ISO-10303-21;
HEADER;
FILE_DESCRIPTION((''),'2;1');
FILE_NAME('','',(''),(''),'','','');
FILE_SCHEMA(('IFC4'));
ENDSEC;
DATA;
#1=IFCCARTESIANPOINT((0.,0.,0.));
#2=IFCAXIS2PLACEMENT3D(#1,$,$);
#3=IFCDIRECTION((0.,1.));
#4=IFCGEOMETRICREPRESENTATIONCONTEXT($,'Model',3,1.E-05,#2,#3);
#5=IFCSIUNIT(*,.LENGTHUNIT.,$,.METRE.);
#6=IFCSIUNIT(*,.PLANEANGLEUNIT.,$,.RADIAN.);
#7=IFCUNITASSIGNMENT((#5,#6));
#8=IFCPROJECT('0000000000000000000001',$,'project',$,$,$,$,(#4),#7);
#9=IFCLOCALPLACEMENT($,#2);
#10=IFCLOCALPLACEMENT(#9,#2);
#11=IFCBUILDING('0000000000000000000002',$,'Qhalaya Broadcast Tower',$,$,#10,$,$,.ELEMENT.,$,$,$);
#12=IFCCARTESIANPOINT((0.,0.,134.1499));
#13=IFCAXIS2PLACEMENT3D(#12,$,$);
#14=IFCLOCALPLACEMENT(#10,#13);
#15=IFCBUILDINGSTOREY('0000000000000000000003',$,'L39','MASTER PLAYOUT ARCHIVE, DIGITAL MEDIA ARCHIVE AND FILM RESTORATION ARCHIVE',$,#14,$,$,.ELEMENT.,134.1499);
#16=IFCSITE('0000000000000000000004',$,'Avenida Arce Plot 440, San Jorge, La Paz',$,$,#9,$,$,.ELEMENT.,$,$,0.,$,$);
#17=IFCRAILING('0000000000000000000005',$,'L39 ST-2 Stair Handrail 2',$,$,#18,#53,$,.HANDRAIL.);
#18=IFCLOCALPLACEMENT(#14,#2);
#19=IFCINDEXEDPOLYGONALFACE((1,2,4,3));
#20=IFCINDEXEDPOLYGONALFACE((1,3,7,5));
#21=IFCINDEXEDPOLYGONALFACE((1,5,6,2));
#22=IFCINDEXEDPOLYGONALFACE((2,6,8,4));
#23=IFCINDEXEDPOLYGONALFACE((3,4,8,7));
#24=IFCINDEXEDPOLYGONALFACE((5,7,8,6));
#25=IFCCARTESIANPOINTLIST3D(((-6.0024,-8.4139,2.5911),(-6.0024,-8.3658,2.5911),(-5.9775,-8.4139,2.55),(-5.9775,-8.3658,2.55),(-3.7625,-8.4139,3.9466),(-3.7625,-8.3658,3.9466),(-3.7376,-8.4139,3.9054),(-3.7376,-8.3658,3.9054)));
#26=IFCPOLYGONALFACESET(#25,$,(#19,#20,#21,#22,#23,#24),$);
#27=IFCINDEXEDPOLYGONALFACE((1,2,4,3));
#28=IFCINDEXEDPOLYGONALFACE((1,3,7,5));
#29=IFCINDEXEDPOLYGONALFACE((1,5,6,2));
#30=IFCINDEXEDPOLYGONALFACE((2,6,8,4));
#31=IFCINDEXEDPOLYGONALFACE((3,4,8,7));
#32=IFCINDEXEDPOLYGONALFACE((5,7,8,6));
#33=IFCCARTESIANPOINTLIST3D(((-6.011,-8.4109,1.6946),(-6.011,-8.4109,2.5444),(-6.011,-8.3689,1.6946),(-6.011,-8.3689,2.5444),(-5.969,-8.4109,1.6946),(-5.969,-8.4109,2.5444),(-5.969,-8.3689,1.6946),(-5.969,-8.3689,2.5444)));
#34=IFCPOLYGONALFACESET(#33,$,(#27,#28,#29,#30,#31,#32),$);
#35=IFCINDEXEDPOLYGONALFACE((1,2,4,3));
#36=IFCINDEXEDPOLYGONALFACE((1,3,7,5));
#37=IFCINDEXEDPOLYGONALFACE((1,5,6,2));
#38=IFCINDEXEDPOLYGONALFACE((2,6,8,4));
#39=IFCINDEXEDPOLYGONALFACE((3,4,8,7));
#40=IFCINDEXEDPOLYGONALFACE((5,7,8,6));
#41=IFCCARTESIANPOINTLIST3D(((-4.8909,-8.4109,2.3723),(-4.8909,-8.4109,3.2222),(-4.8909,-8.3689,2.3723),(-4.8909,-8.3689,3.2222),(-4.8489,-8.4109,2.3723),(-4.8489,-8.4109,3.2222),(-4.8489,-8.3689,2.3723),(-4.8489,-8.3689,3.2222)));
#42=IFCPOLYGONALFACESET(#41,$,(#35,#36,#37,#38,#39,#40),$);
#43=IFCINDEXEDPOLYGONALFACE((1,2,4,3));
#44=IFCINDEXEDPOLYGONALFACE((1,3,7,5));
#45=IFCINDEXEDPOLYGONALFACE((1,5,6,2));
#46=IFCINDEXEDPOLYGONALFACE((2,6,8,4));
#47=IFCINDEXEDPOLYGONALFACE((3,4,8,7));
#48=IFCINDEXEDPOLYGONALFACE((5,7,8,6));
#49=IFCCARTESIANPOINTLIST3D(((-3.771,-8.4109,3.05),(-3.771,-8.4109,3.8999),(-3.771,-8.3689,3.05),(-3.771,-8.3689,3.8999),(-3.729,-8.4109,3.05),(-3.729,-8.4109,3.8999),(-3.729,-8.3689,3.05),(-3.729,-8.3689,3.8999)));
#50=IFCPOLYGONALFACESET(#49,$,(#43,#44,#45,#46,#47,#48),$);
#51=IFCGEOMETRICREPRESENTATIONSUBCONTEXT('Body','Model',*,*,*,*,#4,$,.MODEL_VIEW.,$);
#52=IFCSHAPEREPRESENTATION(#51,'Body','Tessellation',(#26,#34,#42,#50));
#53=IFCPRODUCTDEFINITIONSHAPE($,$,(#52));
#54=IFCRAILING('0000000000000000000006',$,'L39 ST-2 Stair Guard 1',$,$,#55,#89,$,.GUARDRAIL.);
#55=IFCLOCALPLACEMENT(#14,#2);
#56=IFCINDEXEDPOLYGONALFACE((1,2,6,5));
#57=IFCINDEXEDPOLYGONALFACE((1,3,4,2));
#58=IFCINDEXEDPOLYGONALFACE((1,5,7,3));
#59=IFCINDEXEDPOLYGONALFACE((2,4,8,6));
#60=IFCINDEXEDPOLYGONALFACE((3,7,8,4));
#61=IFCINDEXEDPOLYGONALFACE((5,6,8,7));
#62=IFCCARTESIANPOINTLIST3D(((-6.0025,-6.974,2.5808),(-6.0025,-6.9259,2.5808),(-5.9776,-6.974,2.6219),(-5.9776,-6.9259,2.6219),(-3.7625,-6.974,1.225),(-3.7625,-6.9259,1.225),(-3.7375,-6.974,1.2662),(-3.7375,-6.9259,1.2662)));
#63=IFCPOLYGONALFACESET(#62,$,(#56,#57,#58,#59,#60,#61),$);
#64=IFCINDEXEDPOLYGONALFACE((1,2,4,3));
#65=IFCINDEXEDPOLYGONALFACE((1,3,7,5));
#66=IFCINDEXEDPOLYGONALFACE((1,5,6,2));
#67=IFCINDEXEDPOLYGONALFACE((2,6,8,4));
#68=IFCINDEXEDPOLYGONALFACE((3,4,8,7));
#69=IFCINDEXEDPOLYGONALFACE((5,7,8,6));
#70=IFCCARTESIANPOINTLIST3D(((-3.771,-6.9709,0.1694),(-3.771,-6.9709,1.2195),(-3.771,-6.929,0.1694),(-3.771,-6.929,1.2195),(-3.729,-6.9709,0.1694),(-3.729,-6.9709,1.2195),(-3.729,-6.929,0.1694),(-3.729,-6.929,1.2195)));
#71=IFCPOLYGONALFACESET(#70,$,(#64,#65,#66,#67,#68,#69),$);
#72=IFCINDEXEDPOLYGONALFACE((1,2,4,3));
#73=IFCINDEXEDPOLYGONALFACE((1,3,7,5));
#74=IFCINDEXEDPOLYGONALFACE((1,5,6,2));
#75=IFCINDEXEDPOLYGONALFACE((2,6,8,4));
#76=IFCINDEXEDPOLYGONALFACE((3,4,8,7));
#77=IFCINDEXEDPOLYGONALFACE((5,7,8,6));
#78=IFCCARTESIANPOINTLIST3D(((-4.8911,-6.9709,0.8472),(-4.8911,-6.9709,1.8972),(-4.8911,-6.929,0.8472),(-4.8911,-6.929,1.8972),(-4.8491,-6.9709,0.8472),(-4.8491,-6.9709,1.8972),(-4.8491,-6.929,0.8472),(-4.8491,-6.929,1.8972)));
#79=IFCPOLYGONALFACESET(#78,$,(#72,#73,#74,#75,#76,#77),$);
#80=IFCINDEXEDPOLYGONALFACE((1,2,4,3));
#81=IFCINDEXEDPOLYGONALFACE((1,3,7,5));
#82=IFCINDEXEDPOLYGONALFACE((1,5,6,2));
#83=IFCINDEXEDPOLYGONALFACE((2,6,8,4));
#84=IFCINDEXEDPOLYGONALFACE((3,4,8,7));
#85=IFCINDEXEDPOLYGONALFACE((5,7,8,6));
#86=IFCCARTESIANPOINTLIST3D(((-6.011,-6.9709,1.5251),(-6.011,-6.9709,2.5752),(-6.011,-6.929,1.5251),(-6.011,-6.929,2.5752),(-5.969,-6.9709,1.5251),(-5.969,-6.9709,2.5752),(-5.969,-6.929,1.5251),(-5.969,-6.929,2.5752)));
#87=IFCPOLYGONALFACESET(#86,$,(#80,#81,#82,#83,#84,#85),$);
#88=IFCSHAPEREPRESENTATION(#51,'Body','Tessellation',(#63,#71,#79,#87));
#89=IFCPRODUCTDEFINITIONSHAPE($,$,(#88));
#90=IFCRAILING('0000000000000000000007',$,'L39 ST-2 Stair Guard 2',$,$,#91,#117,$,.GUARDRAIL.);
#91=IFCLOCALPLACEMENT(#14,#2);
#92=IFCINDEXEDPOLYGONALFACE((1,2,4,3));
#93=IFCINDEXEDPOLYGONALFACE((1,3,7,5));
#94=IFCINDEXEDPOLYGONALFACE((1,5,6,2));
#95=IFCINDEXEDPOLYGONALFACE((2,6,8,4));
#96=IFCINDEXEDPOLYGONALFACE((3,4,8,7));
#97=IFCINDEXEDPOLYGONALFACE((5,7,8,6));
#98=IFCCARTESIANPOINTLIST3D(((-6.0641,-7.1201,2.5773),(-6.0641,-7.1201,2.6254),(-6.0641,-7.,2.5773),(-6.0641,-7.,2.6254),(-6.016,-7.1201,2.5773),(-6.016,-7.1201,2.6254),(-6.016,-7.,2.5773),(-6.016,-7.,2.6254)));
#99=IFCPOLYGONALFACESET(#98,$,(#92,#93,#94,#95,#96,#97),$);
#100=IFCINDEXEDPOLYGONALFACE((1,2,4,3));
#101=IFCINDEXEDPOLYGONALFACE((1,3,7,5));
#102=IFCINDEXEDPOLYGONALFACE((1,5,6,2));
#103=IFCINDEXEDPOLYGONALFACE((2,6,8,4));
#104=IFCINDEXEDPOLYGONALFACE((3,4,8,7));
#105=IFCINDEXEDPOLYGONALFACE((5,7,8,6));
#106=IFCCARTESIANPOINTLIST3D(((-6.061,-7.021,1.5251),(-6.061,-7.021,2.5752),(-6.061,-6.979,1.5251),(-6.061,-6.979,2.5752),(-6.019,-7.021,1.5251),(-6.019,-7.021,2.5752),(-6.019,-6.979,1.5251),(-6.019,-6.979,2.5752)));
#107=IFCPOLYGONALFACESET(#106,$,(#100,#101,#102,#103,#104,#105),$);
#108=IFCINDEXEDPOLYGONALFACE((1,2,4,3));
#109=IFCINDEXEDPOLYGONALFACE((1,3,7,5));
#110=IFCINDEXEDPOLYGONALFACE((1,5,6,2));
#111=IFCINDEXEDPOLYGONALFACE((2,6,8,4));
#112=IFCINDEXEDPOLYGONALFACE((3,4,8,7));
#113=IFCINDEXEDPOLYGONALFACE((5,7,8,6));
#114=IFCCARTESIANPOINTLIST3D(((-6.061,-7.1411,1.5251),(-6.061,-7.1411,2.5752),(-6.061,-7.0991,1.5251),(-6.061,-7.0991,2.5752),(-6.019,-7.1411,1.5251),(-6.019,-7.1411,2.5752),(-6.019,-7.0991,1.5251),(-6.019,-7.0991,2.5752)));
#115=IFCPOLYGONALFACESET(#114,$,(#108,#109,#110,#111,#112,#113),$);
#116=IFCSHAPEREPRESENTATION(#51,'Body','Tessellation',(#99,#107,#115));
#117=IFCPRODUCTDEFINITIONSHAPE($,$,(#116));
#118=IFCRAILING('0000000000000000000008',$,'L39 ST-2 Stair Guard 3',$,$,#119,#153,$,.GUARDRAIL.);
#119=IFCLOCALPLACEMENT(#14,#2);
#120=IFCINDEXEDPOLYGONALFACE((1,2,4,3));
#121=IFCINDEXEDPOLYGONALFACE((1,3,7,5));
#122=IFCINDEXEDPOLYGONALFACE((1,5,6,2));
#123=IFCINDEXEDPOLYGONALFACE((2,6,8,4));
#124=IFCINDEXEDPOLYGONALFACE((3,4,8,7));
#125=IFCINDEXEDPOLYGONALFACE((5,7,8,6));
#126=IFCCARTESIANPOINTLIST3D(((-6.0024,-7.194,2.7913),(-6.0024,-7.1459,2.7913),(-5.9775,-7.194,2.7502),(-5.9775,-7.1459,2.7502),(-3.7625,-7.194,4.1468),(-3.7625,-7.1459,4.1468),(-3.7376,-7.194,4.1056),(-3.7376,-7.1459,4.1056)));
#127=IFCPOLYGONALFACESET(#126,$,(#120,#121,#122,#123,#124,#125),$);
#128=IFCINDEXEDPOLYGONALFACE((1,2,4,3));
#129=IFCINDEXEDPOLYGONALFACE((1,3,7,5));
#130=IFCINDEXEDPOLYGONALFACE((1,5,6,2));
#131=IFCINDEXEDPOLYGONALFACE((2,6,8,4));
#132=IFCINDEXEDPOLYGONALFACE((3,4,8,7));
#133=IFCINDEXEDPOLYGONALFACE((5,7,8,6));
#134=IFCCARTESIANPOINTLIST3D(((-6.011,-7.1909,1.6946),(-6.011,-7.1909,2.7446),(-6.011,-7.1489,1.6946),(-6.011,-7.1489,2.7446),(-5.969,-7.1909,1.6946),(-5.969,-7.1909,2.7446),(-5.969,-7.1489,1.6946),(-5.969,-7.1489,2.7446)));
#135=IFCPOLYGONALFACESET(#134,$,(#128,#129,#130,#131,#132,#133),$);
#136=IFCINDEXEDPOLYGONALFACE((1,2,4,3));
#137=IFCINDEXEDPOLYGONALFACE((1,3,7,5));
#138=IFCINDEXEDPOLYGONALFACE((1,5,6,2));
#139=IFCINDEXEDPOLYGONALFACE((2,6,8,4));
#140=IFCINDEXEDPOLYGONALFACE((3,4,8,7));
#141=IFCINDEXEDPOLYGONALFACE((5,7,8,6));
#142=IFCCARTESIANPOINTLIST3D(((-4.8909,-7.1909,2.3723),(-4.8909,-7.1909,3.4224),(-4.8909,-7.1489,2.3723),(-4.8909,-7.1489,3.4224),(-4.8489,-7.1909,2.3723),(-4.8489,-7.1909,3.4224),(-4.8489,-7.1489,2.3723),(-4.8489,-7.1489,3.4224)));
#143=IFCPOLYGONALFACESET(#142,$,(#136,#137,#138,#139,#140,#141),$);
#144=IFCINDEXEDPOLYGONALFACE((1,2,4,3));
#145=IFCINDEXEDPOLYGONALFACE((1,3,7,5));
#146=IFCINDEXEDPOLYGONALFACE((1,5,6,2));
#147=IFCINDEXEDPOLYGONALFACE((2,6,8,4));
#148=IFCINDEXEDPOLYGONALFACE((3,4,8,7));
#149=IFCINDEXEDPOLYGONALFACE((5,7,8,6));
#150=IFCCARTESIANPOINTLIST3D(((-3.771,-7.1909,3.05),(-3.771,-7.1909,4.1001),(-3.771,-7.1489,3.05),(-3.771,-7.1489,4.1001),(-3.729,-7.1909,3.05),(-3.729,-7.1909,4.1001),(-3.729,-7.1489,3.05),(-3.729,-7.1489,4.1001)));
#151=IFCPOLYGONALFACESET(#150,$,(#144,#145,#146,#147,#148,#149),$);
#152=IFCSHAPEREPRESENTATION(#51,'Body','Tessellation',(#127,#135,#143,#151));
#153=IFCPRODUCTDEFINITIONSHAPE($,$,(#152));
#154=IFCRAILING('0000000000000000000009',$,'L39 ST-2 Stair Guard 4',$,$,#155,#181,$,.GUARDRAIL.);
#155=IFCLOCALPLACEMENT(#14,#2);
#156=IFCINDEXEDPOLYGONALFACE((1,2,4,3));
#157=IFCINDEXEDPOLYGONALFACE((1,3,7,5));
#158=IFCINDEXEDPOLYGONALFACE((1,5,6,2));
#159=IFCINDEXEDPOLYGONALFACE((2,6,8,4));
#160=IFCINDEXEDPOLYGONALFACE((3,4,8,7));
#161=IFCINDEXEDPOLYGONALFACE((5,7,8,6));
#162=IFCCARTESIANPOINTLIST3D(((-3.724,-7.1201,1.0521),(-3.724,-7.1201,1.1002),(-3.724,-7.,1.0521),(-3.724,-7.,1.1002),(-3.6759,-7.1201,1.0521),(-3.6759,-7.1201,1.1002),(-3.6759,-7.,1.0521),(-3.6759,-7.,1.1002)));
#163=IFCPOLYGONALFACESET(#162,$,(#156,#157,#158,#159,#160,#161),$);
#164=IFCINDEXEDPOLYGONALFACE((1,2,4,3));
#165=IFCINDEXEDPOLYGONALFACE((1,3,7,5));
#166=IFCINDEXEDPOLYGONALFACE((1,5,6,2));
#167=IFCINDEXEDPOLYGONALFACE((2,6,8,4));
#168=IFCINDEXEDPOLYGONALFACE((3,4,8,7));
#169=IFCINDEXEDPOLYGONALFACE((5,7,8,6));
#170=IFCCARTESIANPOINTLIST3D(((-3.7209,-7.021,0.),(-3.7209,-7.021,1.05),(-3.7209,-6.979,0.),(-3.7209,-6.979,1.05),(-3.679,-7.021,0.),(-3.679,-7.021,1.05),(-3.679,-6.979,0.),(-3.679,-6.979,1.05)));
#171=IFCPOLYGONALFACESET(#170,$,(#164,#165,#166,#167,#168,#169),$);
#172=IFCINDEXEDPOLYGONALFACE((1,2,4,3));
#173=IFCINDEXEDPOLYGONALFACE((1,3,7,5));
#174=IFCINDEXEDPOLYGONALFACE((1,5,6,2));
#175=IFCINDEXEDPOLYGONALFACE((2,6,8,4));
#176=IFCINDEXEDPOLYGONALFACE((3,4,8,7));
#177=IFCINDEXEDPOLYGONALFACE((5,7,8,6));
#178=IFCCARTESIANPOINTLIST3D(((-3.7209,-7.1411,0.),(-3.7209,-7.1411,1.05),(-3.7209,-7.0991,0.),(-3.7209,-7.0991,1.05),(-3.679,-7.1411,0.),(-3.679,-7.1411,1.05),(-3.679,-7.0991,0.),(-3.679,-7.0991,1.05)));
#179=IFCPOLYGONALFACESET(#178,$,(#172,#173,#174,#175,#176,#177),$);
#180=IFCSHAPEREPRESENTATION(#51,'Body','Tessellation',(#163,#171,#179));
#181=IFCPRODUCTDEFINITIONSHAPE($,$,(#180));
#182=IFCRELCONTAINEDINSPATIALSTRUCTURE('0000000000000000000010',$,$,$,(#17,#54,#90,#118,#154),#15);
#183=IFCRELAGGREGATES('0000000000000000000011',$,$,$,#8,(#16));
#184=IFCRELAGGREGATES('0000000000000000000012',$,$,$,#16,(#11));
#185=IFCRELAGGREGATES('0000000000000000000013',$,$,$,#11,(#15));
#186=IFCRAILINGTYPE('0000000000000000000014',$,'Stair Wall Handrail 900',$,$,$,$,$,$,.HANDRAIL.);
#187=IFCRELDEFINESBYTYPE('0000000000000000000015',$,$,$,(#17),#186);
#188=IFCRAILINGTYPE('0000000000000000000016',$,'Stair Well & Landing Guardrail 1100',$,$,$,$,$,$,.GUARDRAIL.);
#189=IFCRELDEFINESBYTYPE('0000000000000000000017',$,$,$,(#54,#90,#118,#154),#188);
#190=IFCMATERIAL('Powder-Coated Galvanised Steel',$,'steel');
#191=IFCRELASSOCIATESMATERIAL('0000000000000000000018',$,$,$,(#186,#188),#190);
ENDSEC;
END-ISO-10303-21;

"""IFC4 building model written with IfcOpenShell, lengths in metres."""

from ifc_helpers import new_model, si_unit, direction, frame, origin, origin_2d, place, context, subcontext, project, spatial, rectangle, extrude, material, type_object, element, save


model = new_model("IFC4")

# Units and contexts
model_context = context("Model", 3, precision=1e-05, world=origin(), true_north=direction((0.0, 1.0)))
body_context = subcontext(model_context, "Body", "Model", "MODEL_VIEW")
ifc_project = project(units=[si_unit("LENGTHUNIT", "METRE"), si_unit("PLANEANGLEUNIT", "RADIAN")], contexts=[model_context])

# Site, building, storey
site_placement = place(None, origin())
site = spatial("IfcSite", under=ifc_project, at=site_placement, Name="Avenida Arce Plot 440, San Jorge, La Paz", CompositionType="ELEMENT", RefElevation=0.0)
building_placement = place(site_placement, origin())
building = spatial("IfcBuilding", under=site, at=building_placement, Name="Qhalaya Broadcast Tower", CompositionType="ELEMENT")
storey_placement = place(building_placement, frame((0.0, 0.0, 134.1499)))
storey = spatial("IfcBuildingStorey", under=building, at=storey_placement, Name="L39", Description="MASTER PLAYOUT ARCHIVE, DIGITAL MEDIA ARCHIVE AND FILM RESTORATION ARCHIVE", CompositionType="ELEMENT", Elevation=134.1499)

# Railings
ifc_material_1 = material(Name="Powder-Coated Galvanised Steel", Category="steel")
railing_type_1 = type_object("IfcRailingType", Name="Stair Wall Handrail 900", PredefinedType="HANDRAIL", material=ifc_material_1)
railing_1_placement = place(storey_placement, frame((-5.99, -8.3899, 1.6946)))
element("IfcRailing", 1, at=railing_1_placement, inside=storey, type_object=railing_type_1, Name="L39 ST-2 Stair Handrail 2", PredefinedType="HANDRAIL", context=body_context, shape_type="SweptSolid", body=[
    extrude(rectangle(XDim=0.0481, YDim=0.0481, at=origin_2d()), frame((0.0, 0.0, 0.876), z_axis=(0.855553, 0.0, 0.517715), x_axis=(0.0, 1.0, 0.0)), (0.0, 0.0, 1.0), 2.6182),
    extrude(rectangle(XDim=0.042, YDim=0.042, at=origin_2d()), origin(), (0.0, 0.0, 1.0), 0.8499),
    extrude(rectangle(XDim=0.042, YDim=0.042, at=origin_2d()), frame((1.1201, 0.0, 0.6777)), (0.0, 0.0, 1.0), 0.8499),
    extrude(rectangle(XDim=0.042, YDim=0.042, at=origin_2d()), frame((2.24, 0.0, 1.3555)), (0.0, 0.0, 1.0), 0.8499),
])
railing_type_2 = type_object("IfcRailingType", Name="Stair Well & Landing Guardrail 1100", PredefinedType="GUARDRAIL", material=ifc_material_1)
railing_2_placement = place(storey_placement, frame((-3.75, -6.95, 0.1694)))
element("IfcRailing", 2, at=railing_2_placement, inside=storey, type_object=railing_type_2, Name="L39 ST-2 Stair Guard 1", PredefinedType="GUARDRAIL", context=body_context, shape_type="SweptSolid", body=[
    extrude(rectangle(XDim=0.0481, YDim=0.0481, at=origin_2d()), frame((0.0, 0.0, 1.0762), z_axis=(-0.855512, 0.0, 0.517783), x_axis=(0.0, -1.0, 0.0)), (0.0, 0.0, 1.0), 2.6184),
    extrude(rectangle(XDim=0.042, YDim=0.042, at=origin_2d()), origin(), (0.0, 0.0, 1.0), 1.05),
    extrude(rectangle(XDim=0.042, YDim=0.042, at=origin_2d()), frame((-1.1201, 0.0, 0.6777)), (0.0, 0.0, 1.0), 1.05),
    extrude(rectangle(XDim=0.042, YDim=0.042, at=origin_2d()), frame((-2.24, 0.0, 1.3557)), (0.0, 0.0, 1.0), 1.05),
])
railing_3_placement = place(storey_placement, frame((-6.04, -7.0, 1.5251)))
element("IfcRailing", 3, at=railing_3_placement, inside=storey, type_object=railing_type_2, Name="L39 ST-2 Stair Guard 2", PredefinedType="GUARDRAIL", context=body_context, shape_type="SweptSolid", body=[
    extrude(rectangle(XDim=0.0481, YDim=0.0481, at=origin_2d()), frame((0.0, 0.0, 1.0762), z_axis=(0.0, -1.0, 0.0), x_axis=(1.0, 0.0, 0.0)), (0.0, 0.0, 1.0), 0.1201),
    extrude(rectangle(XDim=0.042, YDim=0.042, at=origin_2d()), origin(), (0.0, 0.0, 1.0), 1.05),
    extrude(rectangle(XDim=0.042, YDim=0.042, at=origin_2d()), frame((0.0, -0.1201, 0.0)), (0.0, 0.0, 1.0), 1.05),
])
railing_4_placement = place(storey_placement, frame((-5.99, -7.1699, 1.6946)))
element("IfcRailing", 4, at=railing_4_placement, inside=storey, type_object=railing_type_2, Name="L39 ST-2 Stair Guard 3", PredefinedType="GUARDRAIL", context=body_context, shape_type="SweptSolid", body=[
    extrude(rectangle(XDim=0.0481, YDim=0.0481, at=origin_2d()), frame((0.0, 0.0, 1.0762), z_axis=(0.855553, 0.0, 0.517715), x_axis=(0.0, 1.0, 0.0)), (0.0, 0.0, 1.0), 2.6182),
    extrude(rectangle(XDim=0.042, YDim=0.042, at=origin_2d()), origin(), (0.0, 0.0, 1.0), 1.05),
    extrude(rectangle(XDim=0.042, YDim=0.042, at=origin_2d()), frame((1.1201, 0.0, 0.6777)), (0.0, 0.0, 1.0), 1.05),
    extrude(rectangle(XDim=0.042, YDim=0.042, at=origin_2d()), frame((2.24, 0.0, 1.3555)), (0.0, 0.0, 1.0), 1.05),
])
railing_5_placement = place(storey_placement, frame((-3.7, -7.0, 0.0)))
element("IfcRailing", 5, at=railing_5_placement, inside=storey, type_object=railing_type_2, Name="L39 ST-2 Stair Guard 4", PredefinedType="GUARDRAIL", context=body_context, shape_type="SweptSolid", body=[
    extrude(rectangle(XDim=0.0481, YDim=0.0481, at=origin_2d()), frame((0.0, 0.0, 1.0762), z_axis=(0.0, -1.0, 0.0), x_axis=(1.0, 0.0, 0.0)), (0.0, 0.0, 1.0), 0.1201),
    extrude(rectangle(XDim=0.042, YDim=0.042, at=origin_2d()), origin(), (0.0, 0.0, 1.0), 1.05),
    extrude(rectangle(XDim=0.042, YDim=0.042, at=origin_2d()), frame((0.0, -0.1201, 0.0)), (0.0, 0.0, 1.0), 1.05),
])

save(model, "model.ifc")
